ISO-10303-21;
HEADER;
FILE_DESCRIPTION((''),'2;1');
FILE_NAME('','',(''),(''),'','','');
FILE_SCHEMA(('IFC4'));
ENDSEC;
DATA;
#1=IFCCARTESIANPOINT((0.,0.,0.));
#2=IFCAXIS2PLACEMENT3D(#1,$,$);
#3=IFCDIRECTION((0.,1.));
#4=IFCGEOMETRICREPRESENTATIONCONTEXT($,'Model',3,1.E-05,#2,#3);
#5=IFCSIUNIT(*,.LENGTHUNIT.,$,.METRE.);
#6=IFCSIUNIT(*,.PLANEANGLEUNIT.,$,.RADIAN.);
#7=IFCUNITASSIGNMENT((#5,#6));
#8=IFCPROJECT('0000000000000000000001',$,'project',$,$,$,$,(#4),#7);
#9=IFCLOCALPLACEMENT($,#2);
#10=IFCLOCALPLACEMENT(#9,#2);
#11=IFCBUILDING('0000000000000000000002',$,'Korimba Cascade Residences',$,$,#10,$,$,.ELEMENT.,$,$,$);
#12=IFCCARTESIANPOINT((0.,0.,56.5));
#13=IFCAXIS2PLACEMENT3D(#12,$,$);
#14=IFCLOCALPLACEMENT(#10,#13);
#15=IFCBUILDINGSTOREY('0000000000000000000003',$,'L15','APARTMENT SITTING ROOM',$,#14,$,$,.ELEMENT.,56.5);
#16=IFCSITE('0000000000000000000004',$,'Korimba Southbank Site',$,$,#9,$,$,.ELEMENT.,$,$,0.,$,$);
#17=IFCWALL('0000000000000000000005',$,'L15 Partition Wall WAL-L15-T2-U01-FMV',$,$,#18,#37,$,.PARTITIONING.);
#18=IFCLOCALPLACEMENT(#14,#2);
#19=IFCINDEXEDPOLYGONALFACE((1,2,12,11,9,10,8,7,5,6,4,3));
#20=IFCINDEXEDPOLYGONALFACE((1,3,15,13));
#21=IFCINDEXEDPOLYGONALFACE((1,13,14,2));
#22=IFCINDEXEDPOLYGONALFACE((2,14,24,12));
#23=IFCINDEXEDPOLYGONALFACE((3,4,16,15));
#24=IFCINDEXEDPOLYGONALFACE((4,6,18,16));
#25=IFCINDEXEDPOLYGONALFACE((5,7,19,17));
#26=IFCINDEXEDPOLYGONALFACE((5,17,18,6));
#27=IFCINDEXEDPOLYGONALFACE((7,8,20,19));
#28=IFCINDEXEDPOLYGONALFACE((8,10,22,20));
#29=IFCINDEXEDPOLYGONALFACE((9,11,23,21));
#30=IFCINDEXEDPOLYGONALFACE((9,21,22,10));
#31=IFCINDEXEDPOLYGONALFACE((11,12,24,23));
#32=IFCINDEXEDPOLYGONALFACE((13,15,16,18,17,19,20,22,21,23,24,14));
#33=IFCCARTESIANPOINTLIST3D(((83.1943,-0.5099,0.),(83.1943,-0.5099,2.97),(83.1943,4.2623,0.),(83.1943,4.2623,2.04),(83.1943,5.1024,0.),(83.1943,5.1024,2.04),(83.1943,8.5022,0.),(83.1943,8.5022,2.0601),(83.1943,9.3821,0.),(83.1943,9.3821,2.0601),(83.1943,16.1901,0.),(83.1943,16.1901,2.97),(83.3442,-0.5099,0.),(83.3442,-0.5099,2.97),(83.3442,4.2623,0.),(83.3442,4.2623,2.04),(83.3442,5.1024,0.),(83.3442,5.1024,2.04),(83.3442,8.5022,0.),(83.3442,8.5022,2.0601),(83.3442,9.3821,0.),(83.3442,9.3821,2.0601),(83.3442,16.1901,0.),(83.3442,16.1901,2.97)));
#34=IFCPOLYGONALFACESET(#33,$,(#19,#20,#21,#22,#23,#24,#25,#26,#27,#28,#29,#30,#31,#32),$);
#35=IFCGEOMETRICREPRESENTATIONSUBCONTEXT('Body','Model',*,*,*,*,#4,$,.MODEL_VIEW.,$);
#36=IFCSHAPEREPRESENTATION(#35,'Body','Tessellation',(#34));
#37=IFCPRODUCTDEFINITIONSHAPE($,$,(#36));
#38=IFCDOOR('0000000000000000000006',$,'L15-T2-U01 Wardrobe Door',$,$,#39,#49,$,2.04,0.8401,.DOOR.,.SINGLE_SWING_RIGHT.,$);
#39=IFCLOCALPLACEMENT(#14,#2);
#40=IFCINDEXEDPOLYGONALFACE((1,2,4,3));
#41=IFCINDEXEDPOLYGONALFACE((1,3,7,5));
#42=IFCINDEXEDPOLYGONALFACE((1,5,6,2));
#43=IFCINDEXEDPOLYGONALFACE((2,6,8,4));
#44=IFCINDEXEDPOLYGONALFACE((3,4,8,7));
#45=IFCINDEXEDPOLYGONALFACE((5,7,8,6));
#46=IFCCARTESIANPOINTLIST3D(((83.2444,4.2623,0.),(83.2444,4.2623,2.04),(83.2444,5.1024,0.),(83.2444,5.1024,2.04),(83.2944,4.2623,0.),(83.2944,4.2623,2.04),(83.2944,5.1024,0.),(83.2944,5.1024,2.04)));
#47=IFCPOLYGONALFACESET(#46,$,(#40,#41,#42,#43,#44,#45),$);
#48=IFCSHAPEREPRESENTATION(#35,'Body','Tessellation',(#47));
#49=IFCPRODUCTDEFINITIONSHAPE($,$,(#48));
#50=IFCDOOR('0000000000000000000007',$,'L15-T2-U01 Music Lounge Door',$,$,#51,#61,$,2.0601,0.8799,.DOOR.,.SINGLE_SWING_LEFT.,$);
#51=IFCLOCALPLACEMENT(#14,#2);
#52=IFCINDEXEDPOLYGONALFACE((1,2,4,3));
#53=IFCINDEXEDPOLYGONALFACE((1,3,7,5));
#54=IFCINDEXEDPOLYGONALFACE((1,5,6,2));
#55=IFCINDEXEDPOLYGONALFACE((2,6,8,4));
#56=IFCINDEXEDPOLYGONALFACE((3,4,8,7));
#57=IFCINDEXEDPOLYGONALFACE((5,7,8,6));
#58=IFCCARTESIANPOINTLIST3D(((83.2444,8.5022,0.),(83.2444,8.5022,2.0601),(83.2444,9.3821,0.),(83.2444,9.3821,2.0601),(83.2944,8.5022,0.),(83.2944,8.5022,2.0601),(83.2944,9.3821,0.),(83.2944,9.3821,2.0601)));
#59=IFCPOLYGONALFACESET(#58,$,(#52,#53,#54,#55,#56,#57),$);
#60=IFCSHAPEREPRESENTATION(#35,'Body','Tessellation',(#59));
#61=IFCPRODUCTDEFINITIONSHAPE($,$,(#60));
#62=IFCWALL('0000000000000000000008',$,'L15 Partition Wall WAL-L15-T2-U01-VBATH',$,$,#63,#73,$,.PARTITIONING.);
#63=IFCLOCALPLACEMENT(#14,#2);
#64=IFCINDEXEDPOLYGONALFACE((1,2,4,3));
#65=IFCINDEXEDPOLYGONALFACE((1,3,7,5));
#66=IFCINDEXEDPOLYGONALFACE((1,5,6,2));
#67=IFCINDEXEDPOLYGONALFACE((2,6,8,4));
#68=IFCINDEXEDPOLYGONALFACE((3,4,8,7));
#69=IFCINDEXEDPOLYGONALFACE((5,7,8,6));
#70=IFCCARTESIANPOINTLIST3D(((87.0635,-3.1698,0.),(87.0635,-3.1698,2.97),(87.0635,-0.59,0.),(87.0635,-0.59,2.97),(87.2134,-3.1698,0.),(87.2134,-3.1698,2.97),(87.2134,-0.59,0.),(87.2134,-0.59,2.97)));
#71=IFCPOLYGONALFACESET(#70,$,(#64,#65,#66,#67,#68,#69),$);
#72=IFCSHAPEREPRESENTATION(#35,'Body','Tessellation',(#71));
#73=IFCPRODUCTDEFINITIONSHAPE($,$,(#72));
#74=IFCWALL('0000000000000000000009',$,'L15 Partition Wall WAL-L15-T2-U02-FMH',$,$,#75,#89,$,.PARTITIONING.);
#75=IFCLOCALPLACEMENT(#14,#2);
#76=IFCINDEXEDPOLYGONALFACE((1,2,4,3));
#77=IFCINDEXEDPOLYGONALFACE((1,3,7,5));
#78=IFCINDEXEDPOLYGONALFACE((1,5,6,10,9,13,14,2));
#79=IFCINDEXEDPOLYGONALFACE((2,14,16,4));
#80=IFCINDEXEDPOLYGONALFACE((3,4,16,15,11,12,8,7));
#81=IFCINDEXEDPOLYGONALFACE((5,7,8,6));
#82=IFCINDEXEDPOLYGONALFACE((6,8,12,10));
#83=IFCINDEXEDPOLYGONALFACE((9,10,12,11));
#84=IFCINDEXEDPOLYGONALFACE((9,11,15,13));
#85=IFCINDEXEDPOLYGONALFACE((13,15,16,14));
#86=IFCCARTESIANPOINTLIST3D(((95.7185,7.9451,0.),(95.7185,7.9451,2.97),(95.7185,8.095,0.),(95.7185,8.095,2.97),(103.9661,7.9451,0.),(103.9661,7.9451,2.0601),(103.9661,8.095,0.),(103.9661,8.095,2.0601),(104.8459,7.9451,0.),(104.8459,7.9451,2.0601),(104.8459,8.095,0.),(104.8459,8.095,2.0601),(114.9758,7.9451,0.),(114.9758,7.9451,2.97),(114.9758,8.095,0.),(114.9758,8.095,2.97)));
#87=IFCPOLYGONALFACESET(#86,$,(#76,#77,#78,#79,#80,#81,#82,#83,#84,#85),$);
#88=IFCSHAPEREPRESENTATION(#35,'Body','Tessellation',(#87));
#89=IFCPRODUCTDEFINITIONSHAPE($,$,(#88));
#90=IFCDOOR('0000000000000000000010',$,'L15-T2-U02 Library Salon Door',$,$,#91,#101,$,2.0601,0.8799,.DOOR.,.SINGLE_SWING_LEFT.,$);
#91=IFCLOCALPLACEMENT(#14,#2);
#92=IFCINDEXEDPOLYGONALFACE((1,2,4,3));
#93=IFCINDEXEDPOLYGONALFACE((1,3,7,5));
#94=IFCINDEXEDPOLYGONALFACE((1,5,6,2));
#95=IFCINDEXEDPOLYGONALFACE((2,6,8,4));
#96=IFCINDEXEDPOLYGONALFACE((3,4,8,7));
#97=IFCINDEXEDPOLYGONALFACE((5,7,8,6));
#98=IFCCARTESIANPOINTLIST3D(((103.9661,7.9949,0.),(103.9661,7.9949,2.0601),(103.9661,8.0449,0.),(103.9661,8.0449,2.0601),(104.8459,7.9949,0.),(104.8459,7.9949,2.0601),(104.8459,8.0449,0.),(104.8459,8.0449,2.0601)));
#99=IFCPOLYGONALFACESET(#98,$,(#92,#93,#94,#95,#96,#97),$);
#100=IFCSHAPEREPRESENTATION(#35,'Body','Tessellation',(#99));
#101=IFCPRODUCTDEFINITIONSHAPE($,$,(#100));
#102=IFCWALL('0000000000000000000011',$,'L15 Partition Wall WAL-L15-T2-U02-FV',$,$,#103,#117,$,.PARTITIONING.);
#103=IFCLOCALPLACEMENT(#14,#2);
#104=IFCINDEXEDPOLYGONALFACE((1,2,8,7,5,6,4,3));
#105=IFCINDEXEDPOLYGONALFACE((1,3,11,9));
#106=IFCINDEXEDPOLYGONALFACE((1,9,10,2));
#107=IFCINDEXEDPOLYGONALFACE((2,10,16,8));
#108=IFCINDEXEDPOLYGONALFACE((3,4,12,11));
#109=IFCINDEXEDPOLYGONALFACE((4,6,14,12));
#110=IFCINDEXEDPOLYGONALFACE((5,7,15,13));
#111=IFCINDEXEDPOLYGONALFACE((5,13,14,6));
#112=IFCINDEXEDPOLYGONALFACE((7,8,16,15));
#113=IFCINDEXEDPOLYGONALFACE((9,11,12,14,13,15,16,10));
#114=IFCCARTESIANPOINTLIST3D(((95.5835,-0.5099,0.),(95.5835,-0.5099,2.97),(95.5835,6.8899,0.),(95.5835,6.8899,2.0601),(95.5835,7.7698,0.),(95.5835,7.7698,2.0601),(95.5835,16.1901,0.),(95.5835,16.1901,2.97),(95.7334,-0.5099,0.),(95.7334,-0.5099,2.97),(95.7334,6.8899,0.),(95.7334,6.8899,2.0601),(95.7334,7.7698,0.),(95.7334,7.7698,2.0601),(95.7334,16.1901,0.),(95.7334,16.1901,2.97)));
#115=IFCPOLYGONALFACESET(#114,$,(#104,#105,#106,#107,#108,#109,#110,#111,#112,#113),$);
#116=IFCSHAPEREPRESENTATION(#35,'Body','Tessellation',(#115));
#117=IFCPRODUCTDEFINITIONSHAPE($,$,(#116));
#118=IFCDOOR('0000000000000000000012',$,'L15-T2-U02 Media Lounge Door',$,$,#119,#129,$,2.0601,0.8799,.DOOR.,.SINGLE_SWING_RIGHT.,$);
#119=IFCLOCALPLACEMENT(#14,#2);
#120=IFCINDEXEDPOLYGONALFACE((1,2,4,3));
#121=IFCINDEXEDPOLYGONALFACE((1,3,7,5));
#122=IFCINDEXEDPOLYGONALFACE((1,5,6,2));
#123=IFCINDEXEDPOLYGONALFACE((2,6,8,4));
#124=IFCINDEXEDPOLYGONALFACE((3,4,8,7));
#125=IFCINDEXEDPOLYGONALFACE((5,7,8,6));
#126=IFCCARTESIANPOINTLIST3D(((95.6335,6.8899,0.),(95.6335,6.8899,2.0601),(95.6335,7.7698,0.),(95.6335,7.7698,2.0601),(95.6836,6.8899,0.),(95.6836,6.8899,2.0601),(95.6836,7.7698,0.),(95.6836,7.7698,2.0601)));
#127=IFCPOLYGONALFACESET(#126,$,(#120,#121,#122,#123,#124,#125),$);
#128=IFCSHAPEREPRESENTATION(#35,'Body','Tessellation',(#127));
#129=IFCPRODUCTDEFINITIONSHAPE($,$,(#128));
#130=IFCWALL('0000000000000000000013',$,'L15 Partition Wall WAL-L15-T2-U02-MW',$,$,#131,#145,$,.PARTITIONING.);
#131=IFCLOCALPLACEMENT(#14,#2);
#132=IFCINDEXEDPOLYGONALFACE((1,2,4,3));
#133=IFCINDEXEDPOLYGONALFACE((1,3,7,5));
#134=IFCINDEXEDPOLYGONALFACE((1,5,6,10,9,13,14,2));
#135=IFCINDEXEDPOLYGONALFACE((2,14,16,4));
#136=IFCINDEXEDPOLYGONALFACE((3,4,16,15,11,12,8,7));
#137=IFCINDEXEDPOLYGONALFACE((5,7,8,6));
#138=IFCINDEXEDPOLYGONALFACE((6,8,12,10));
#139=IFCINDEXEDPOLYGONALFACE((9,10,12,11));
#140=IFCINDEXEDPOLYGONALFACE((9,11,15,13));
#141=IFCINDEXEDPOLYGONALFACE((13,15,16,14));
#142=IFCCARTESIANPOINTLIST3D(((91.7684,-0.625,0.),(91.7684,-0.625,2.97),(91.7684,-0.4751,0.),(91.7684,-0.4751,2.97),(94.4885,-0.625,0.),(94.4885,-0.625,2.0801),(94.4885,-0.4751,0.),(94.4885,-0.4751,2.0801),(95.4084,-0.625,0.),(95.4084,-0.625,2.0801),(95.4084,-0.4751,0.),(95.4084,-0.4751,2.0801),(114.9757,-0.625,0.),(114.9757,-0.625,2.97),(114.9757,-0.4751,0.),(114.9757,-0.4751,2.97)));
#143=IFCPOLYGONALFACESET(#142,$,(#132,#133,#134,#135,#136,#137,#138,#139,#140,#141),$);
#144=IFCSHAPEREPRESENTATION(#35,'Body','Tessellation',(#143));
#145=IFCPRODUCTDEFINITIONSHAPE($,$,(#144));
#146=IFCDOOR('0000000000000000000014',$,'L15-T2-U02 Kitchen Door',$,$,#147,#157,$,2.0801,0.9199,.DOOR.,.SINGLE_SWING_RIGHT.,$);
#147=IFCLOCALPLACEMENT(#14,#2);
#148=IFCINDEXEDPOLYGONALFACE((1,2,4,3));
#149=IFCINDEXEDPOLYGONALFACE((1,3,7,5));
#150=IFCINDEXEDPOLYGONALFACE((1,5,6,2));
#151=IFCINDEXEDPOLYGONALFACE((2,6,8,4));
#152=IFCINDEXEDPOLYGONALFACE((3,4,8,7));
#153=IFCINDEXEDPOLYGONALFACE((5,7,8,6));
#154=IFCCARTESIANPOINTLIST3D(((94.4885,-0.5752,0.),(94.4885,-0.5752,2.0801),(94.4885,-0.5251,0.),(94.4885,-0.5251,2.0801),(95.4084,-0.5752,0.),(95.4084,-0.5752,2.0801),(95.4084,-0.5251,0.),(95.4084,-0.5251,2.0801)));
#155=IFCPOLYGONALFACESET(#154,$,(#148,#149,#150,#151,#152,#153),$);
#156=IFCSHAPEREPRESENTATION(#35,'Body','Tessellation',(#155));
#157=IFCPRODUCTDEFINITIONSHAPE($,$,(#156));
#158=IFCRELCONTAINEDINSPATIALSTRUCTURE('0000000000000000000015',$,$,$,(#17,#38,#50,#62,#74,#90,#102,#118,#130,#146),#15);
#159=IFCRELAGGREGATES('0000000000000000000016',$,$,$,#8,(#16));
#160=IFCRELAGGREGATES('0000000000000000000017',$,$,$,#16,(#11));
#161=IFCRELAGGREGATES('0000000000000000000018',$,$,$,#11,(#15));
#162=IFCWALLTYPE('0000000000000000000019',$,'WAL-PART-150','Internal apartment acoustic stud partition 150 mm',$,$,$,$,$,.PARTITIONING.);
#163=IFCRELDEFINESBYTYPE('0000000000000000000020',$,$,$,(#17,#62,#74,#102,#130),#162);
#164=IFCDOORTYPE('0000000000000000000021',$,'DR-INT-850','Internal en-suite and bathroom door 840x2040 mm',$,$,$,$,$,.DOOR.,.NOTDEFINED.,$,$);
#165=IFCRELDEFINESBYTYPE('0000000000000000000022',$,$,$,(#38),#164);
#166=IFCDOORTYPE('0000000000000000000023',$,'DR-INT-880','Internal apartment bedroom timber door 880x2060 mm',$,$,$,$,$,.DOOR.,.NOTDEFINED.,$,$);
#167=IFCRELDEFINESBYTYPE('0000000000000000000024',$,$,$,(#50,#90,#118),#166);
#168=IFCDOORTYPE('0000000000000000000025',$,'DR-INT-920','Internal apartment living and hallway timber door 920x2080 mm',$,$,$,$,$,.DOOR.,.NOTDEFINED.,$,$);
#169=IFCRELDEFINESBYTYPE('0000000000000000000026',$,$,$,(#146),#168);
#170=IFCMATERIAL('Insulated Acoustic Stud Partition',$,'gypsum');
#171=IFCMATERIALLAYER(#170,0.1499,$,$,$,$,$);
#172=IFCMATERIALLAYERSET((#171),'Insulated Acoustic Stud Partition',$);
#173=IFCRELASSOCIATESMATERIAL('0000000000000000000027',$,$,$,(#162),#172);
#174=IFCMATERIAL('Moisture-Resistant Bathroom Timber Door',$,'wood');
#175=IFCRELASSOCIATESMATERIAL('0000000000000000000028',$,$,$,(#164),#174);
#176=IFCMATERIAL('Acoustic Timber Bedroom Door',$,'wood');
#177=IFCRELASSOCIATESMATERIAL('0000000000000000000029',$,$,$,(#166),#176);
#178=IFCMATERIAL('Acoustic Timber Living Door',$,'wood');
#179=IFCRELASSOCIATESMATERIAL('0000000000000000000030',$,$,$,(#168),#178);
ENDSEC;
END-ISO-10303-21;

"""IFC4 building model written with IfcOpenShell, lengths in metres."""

from ifc_helpers import new_model, si_unit, direction, frame, frame_2d, origin, place, context, subcontext, project, spatial, rectangle, extrude, material, layer, layer_set, type_object, element, fill, save


model = new_model("IFC4")

# Units and contexts
model_context = context("Model", 3, precision=1e-05, world=origin(), true_north=direction((0.0, 1.0)))
body_context = subcontext(model_context, "Body", "Model", "MODEL_VIEW")
ifc_project = project(units=[si_unit("LENGTHUNIT", "METRE"), si_unit("PLANEANGLEUNIT", "RADIAN")], contexts=[model_context])

# Site, building, storey
site_placement = place(None, origin())
site = spatial("IfcSite", under=ifc_project, at=site_placement, Name="Korimba Southbank Site", CompositionType="ELEMENT", RefElevation=0.0)
building_placement = place(site_placement, origin())
building = spatial("IfcBuilding", under=site, at=building_placement, Name="Korimba Cascade Residences", CompositionType="ELEMENT")
storey_placement = place(building_placement, frame((0.0, 0.0, 56.5)))
storey = spatial("IfcBuildingStorey", under=building, at=storey_placement, Name="L15", Description="APARTMENT SITTING ROOM", CompositionType="ELEMENT", Elevation=56.5)

# Wall, openings, doors
ifc_material_1 = material(Name="Insulated Acoustic Stud Partition", Category="gypsum")
ifc_layer_1 = layer(ifc_material_1, 0.1499)
ifc_layer_set_1 = layer_set([ifc_layer_1], Name="Insulated Acoustic Stud Partition")
wall_type_1 = type_object("IfcWallType", Name="WAL-PART-150", Description="Internal apartment acoustic stud partition 150 mm", PredefinedType="PARTITIONING", material=ifc_layer_set_1)
wall_1_placement = place(storey_placement, frame((83.2693, -0.51, 0.0), z_axis=(0.0, 0.0, 1.0), x_axis=(0.0, 1.0, 0.0)))
wall_1 = element("IfcWall", 1, at=wall_1_placement, inside=storey, type_object=wall_type_1, Name="L15 Partition Wall WAL-L15-T2-U01-FMV", PredefinedType="PARTITIONING", context=body_context, shape_type="SweptSolid", body=[
    extrude(rectangle(XDim=16.7, YDim=0.1499, at=frame_2d((8.3501, 0.0))), origin(), (0.0, 0.0, 1.0), 2.97),
])
opening_1_placement = place(wall_1_placement, frame((4.7725, 0.0, 0.0)))
opening_1 = element("IfcOpeningElement", 2, at=opening_1_placement, cuts=wall_1, PredefinedType="OPENING", context=body_context, shape_type="SweptSolid", body=[
    extrude(rectangle(XDim=0.8401, YDim=2.04, at=frame_2d((0.4199, 1.02))), frame((0.0, 0.085, 0.0), z_axis=(0.0, -1.0, 0.0), x_axis=(1.0, 0.0, 0.0)), (0.0, 0.0, 1.0), 0.1699),
])
opening_2_placement = place(wall_1_placement, frame((9.0122, 0.0, 0.0)))
opening_2 = element("IfcOpeningElement", 3, at=opening_2_placement, cuts=wall_1, PredefinedType="OPENING", context=body_context, shape_type="SweptSolid", body=[
    extrude(rectangle(XDim=0.8799, YDim=2.0601, at=frame_2d((0.4399, 1.03))), frame((0.0, 0.085, 0.0), z_axis=(0.0, -1.0, 0.0), x_axis=(1.0, 0.0, 0.0)), (0.0, 0.0, 1.0), 0.1699),
])
ifc_material_2 = material(Name="Moisture-Resistant Bathroom Timber Door", Category="wood")
door_type_1 = type_object("IfcDoorType", Name="DR-INT-850", Description="Internal en-suite and bathroom door 840x2040 mm", OperationType="NOTDEFINED", PredefinedType="DOOR", material=ifc_material_2)
door_1_placement = place(opening_1_placement, origin())
door_1 = element("IfcDoor", 4, at=door_1_placement, inside=storey, type_object=door_type_1, Name="L15-T2-U01 Wardrobe Door", OperationType="SINGLE_SWING_RIGHT", OverallHeight=2.04, OverallWidth=0.8401, PredefinedType="DOOR", context=body_context, shape_type="SweptSolid", body=[
    extrude(rectangle(XDim=0.8401, YDim=2.04, at=frame_2d((0.4199, 1.02))), frame((0.0, 0.0249, 0.0), z_axis=(0.0, -1.0, 0.0), x_axis=(1.0, 0.0, 0.0)), (0.0, 0.0, 1.0), 0.05),
])
fill(opening_1, door_1)
ifc_material_3 = material(Name="Acoustic Timber Bedroom Door", Category="wood")
door_type_2 = type_object("IfcDoorType", Name="DR-INT-880", Description="Internal apartment bedroom timber door 880x2060 mm", OperationType="NOTDEFINED", PredefinedType="DOOR", material=ifc_material_3)
door_2_placement = place(opening_2_placement, origin())
door_2 = element("IfcDoor", 5, at=door_2_placement, inside=storey, type_object=door_type_2, Name="L15-T2-U01 Music Lounge Door", OperationType="SINGLE_SWING_LEFT", OverallHeight=2.0601, OverallWidth=0.8799, PredefinedType="DOOR", context=body_context, shape_type="SweptSolid", body=[
    extrude(rectangle(XDim=0.8799, YDim=2.0601, at=frame_2d((0.4399, 1.03))), frame((0.0, 0.0249, 0.0), z_axis=(0.0, -1.0, 0.0), x_axis=(1.0, 0.0, 0.0)), (0.0, 0.0, 1.0), 0.05),
])
fill(opening_2, door_2)

# Wall
wall_2_placement = place(storey_placement, frame((87.1384, -3.1699, 0.0), z_axis=(0.0, 0.0, 1.0), x_axis=(0.0, 1.0, 0.0)))
element("IfcWall", 6, at=wall_2_placement, inside=storey, type_object=wall_type_1, Name="L15 Partition Wall WAL-L15-T2-U01-VBATH", PredefinedType="PARTITIONING", context=body_context, shape_type="SweptSolid", body=[
    extrude(rectangle(XDim=2.5798, YDim=0.1499, at=frame_2d((1.29, 0.0))), origin(), (0.0, 0.0, 1.0), 2.97),
])

# Walls, openings, doors
wall_3_placement = place(storey_placement, frame((95.7185, 8.02, 0.0), z_axis=(0.0, 0.0, 1.0), x_axis=(1.0, 0.0, 0.0)))
wall_3 = element("IfcWall", 7, at=wall_3_placement, inside=storey, type_object=wall_type_1, Name="L15 Partition Wall WAL-L15-T2-U02-FMH", PredefinedType="PARTITIONING", context=body_context, shape_type="SweptSolid", body=[
    extrude(rectangle(XDim=19.2573, YDim=0.1499, at=frame_2d((9.6287, 0.0))), origin(), (0.0, 0.0, 1.0), 2.97),
])
opening_3_placement = place(wall_3_placement, frame((8.2476, 0.0, 0.0)))
opening_3 = element("IfcOpeningElement", 8, at=opening_3_placement, cuts=wall_3, PredefinedType="OPENING", context=body_context, shape_type="SweptSolid", body=[
    extrude(rectangle(XDim=0.8799, YDim=2.0601, at=frame_2d((0.4399, 1.03))), frame((0.0, 0.085, 0.0), z_axis=(0.0, -1.0, 0.0), x_axis=(1.0, 0.0, 0.0)), (0.0, 0.0, 1.0), 0.1699),
])
door_3_placement = place(opening_3_placement, origin())
door_3 = element("IfcDoor", 9, at=door_3_placement, inside=storey, type_object=door_type_2, Name="L15-T2-U02 Library Salon Door", OperationType="SINGLE_SWING_LEFT", OverallHeight=2.0601, OverallWidth=0.8799, PredefinedType="DOOR", context=body_context, shape_type="SweptSolid", body=[
    extrude(rectangle(XDim=0.8799, YDim=2.0601, at=frame_2d((0.4399, 1.03))), frame((0.0, 0.0249, 0.0), z_axis=(0.0, -1.0, 0.0), x_axis=(1.0, 0.0, 0.0)), (0.0, 0.0, 1.0), 0.05),
])
fill(opening_3, door_3)
wall_4_placement = place(storey_placement, frame((95.6584, -0.51, 0.0), z_axis=(0.0, 0.0, 1.0), x_axis=(0.0, 1.0, 0.0)))
wall_4 = element("IfcWall", 10, at=wall_4_placement, inside=storey, type_object=wall_type_1, Name="L15 Partition Wall WAL-L15-T2-U02-FV", PredefinedType="PARTITIONING", context=body_context, shape_type="SweptSolid", body=[
    extrude(rectangle(XDim=16.7, YDim=0.1499, at=frame_2d((8.3501, 0.0))), origin(), (0.0, 0.0, 1.0), 2.97),
])
opening_4_placement = place(wall_4_placement, frame((7.3999, 0.0, 0.0)))
opening_4 = element("IfcOpeningElement", 11, at=opening_4_placement, cuts=wall_4, PredefinedType="OPENING", context=body_context, shape_type="SweptSolid", body=[
    extrude(rectangle(XDim=0.8799, YDim=2.0601, at=frame_2d((0.4399, 1.03))), frame((0.0, 0.085, 0.0), z_axis=(0.0, -1.0, 0.0), x_axis=(1.0, 0.0, 0.0)), (0.0, 0.0, 1.0), 0.1699),
])
door_4_placement = place(opening_4_placement, origin())
door_4 = element("IfcDoor", 12, at=door_4_placement, inside=storey, type_object=door_type_2, Name="L15-T2-U02 Media Lounge Door", OperationType="SINGLE_SWING_RIGHT", OverallHeight=2.0601, OverallWidth=0.8799, PredefinedType="DOOR", context=body_context, shape_type="SweptSolid", body=[
    extrude(rectangle(XDim=0.8799, YDim=2.0601, at=frame_2d((0.4399, 1.03))), frame((0.0, 0.0249, 0.0), z_axis=(0.0, -1.0, 0.0), x_axis=(1.0, 0.0, 0.0)), (0.0, 0.0, 1.0), 0.05),
])
fill(opening_4, door_4)
wall_5_placement = place(storey_placement, frame((91.7686, -0.55, 0.0), z_axis=(0.0, 0.0, 1.0), x_axis=(1.0, 0.0, 0.0)))
wall_5 = element("IfcWall", 13, at=wall_5_placement, inside=storey, type_object=wall_type_1, Name="L15 Partition Wall WAL-L15-T2-U02-MW", PredefinedType="PARTITIONING", context=body_context, shape_type="SweptSolid", body=[
    extrude(rectangle(XDim=23.2073, YDim=0.1499, at=frame_2d((11.6035, 0.0))), origin(), (0.0, 0.0, 1.0), 2.97),
])
opening_5_placement = place(wall_5_placement, frame((2.72, 0.0, 0.0)))
opening_5 = element("IfcOpeningElement", 14, at=opening_5_placement, cuts=wall_5, PredefinedType="OPENING", context=body_context, shape_type="SweptSolid", body=[
    extrude(rectangle(XDim=0.9199, YDim=2.0801, at=frame_2d((0.46, 1.04))), frame((0.0, 0.085, 0.0), z_axis=(0.0, -1.0, 0.0), x_axis=(1.0, 0.0, 0.0)), (0.0, 0.0, 1.0), 0.1699),
])
ifc_material_4 = material(Name="Acoustic Timber Living Door", Category="wood")
door_type_3 = type_object("IfcDoorType", Name="DR-INT-920", Description="Internal apartment living and hallway timber door 920x2080 mm", OperationType="NOTDEFINED", PredefinedType="DOOR", material=ifc_material_4)
door_5_placement = place(opening_5_placement, origin())
door_5 = element("IfcDoor", 15, at=door_5_placement, inside=storey, type_object=door_type_3, Name="L15-T2-U02 Kitchen Door", OperationType="SINGLE_SWING_RIGHT", OverallHeight=2.0801, OverallWidth=0.9199, PredefinedType="DOOR", context=body_context, shape_type="SweptSolid", body=[
    extrude(rectangle(XDim=0.9199, YDim=2.0801, at=frame_2d((0.46, 1.04))), frame((0.0, 0.0249, 0.0), z_axis=(0.0, -1.0, 0.0), x_axis=(1.0, 0.0, 0.0)), (0.0, 0.0, 1.0), 0.05),
])
fill(opening_5, door_5)

save(model, "model.ifc")
